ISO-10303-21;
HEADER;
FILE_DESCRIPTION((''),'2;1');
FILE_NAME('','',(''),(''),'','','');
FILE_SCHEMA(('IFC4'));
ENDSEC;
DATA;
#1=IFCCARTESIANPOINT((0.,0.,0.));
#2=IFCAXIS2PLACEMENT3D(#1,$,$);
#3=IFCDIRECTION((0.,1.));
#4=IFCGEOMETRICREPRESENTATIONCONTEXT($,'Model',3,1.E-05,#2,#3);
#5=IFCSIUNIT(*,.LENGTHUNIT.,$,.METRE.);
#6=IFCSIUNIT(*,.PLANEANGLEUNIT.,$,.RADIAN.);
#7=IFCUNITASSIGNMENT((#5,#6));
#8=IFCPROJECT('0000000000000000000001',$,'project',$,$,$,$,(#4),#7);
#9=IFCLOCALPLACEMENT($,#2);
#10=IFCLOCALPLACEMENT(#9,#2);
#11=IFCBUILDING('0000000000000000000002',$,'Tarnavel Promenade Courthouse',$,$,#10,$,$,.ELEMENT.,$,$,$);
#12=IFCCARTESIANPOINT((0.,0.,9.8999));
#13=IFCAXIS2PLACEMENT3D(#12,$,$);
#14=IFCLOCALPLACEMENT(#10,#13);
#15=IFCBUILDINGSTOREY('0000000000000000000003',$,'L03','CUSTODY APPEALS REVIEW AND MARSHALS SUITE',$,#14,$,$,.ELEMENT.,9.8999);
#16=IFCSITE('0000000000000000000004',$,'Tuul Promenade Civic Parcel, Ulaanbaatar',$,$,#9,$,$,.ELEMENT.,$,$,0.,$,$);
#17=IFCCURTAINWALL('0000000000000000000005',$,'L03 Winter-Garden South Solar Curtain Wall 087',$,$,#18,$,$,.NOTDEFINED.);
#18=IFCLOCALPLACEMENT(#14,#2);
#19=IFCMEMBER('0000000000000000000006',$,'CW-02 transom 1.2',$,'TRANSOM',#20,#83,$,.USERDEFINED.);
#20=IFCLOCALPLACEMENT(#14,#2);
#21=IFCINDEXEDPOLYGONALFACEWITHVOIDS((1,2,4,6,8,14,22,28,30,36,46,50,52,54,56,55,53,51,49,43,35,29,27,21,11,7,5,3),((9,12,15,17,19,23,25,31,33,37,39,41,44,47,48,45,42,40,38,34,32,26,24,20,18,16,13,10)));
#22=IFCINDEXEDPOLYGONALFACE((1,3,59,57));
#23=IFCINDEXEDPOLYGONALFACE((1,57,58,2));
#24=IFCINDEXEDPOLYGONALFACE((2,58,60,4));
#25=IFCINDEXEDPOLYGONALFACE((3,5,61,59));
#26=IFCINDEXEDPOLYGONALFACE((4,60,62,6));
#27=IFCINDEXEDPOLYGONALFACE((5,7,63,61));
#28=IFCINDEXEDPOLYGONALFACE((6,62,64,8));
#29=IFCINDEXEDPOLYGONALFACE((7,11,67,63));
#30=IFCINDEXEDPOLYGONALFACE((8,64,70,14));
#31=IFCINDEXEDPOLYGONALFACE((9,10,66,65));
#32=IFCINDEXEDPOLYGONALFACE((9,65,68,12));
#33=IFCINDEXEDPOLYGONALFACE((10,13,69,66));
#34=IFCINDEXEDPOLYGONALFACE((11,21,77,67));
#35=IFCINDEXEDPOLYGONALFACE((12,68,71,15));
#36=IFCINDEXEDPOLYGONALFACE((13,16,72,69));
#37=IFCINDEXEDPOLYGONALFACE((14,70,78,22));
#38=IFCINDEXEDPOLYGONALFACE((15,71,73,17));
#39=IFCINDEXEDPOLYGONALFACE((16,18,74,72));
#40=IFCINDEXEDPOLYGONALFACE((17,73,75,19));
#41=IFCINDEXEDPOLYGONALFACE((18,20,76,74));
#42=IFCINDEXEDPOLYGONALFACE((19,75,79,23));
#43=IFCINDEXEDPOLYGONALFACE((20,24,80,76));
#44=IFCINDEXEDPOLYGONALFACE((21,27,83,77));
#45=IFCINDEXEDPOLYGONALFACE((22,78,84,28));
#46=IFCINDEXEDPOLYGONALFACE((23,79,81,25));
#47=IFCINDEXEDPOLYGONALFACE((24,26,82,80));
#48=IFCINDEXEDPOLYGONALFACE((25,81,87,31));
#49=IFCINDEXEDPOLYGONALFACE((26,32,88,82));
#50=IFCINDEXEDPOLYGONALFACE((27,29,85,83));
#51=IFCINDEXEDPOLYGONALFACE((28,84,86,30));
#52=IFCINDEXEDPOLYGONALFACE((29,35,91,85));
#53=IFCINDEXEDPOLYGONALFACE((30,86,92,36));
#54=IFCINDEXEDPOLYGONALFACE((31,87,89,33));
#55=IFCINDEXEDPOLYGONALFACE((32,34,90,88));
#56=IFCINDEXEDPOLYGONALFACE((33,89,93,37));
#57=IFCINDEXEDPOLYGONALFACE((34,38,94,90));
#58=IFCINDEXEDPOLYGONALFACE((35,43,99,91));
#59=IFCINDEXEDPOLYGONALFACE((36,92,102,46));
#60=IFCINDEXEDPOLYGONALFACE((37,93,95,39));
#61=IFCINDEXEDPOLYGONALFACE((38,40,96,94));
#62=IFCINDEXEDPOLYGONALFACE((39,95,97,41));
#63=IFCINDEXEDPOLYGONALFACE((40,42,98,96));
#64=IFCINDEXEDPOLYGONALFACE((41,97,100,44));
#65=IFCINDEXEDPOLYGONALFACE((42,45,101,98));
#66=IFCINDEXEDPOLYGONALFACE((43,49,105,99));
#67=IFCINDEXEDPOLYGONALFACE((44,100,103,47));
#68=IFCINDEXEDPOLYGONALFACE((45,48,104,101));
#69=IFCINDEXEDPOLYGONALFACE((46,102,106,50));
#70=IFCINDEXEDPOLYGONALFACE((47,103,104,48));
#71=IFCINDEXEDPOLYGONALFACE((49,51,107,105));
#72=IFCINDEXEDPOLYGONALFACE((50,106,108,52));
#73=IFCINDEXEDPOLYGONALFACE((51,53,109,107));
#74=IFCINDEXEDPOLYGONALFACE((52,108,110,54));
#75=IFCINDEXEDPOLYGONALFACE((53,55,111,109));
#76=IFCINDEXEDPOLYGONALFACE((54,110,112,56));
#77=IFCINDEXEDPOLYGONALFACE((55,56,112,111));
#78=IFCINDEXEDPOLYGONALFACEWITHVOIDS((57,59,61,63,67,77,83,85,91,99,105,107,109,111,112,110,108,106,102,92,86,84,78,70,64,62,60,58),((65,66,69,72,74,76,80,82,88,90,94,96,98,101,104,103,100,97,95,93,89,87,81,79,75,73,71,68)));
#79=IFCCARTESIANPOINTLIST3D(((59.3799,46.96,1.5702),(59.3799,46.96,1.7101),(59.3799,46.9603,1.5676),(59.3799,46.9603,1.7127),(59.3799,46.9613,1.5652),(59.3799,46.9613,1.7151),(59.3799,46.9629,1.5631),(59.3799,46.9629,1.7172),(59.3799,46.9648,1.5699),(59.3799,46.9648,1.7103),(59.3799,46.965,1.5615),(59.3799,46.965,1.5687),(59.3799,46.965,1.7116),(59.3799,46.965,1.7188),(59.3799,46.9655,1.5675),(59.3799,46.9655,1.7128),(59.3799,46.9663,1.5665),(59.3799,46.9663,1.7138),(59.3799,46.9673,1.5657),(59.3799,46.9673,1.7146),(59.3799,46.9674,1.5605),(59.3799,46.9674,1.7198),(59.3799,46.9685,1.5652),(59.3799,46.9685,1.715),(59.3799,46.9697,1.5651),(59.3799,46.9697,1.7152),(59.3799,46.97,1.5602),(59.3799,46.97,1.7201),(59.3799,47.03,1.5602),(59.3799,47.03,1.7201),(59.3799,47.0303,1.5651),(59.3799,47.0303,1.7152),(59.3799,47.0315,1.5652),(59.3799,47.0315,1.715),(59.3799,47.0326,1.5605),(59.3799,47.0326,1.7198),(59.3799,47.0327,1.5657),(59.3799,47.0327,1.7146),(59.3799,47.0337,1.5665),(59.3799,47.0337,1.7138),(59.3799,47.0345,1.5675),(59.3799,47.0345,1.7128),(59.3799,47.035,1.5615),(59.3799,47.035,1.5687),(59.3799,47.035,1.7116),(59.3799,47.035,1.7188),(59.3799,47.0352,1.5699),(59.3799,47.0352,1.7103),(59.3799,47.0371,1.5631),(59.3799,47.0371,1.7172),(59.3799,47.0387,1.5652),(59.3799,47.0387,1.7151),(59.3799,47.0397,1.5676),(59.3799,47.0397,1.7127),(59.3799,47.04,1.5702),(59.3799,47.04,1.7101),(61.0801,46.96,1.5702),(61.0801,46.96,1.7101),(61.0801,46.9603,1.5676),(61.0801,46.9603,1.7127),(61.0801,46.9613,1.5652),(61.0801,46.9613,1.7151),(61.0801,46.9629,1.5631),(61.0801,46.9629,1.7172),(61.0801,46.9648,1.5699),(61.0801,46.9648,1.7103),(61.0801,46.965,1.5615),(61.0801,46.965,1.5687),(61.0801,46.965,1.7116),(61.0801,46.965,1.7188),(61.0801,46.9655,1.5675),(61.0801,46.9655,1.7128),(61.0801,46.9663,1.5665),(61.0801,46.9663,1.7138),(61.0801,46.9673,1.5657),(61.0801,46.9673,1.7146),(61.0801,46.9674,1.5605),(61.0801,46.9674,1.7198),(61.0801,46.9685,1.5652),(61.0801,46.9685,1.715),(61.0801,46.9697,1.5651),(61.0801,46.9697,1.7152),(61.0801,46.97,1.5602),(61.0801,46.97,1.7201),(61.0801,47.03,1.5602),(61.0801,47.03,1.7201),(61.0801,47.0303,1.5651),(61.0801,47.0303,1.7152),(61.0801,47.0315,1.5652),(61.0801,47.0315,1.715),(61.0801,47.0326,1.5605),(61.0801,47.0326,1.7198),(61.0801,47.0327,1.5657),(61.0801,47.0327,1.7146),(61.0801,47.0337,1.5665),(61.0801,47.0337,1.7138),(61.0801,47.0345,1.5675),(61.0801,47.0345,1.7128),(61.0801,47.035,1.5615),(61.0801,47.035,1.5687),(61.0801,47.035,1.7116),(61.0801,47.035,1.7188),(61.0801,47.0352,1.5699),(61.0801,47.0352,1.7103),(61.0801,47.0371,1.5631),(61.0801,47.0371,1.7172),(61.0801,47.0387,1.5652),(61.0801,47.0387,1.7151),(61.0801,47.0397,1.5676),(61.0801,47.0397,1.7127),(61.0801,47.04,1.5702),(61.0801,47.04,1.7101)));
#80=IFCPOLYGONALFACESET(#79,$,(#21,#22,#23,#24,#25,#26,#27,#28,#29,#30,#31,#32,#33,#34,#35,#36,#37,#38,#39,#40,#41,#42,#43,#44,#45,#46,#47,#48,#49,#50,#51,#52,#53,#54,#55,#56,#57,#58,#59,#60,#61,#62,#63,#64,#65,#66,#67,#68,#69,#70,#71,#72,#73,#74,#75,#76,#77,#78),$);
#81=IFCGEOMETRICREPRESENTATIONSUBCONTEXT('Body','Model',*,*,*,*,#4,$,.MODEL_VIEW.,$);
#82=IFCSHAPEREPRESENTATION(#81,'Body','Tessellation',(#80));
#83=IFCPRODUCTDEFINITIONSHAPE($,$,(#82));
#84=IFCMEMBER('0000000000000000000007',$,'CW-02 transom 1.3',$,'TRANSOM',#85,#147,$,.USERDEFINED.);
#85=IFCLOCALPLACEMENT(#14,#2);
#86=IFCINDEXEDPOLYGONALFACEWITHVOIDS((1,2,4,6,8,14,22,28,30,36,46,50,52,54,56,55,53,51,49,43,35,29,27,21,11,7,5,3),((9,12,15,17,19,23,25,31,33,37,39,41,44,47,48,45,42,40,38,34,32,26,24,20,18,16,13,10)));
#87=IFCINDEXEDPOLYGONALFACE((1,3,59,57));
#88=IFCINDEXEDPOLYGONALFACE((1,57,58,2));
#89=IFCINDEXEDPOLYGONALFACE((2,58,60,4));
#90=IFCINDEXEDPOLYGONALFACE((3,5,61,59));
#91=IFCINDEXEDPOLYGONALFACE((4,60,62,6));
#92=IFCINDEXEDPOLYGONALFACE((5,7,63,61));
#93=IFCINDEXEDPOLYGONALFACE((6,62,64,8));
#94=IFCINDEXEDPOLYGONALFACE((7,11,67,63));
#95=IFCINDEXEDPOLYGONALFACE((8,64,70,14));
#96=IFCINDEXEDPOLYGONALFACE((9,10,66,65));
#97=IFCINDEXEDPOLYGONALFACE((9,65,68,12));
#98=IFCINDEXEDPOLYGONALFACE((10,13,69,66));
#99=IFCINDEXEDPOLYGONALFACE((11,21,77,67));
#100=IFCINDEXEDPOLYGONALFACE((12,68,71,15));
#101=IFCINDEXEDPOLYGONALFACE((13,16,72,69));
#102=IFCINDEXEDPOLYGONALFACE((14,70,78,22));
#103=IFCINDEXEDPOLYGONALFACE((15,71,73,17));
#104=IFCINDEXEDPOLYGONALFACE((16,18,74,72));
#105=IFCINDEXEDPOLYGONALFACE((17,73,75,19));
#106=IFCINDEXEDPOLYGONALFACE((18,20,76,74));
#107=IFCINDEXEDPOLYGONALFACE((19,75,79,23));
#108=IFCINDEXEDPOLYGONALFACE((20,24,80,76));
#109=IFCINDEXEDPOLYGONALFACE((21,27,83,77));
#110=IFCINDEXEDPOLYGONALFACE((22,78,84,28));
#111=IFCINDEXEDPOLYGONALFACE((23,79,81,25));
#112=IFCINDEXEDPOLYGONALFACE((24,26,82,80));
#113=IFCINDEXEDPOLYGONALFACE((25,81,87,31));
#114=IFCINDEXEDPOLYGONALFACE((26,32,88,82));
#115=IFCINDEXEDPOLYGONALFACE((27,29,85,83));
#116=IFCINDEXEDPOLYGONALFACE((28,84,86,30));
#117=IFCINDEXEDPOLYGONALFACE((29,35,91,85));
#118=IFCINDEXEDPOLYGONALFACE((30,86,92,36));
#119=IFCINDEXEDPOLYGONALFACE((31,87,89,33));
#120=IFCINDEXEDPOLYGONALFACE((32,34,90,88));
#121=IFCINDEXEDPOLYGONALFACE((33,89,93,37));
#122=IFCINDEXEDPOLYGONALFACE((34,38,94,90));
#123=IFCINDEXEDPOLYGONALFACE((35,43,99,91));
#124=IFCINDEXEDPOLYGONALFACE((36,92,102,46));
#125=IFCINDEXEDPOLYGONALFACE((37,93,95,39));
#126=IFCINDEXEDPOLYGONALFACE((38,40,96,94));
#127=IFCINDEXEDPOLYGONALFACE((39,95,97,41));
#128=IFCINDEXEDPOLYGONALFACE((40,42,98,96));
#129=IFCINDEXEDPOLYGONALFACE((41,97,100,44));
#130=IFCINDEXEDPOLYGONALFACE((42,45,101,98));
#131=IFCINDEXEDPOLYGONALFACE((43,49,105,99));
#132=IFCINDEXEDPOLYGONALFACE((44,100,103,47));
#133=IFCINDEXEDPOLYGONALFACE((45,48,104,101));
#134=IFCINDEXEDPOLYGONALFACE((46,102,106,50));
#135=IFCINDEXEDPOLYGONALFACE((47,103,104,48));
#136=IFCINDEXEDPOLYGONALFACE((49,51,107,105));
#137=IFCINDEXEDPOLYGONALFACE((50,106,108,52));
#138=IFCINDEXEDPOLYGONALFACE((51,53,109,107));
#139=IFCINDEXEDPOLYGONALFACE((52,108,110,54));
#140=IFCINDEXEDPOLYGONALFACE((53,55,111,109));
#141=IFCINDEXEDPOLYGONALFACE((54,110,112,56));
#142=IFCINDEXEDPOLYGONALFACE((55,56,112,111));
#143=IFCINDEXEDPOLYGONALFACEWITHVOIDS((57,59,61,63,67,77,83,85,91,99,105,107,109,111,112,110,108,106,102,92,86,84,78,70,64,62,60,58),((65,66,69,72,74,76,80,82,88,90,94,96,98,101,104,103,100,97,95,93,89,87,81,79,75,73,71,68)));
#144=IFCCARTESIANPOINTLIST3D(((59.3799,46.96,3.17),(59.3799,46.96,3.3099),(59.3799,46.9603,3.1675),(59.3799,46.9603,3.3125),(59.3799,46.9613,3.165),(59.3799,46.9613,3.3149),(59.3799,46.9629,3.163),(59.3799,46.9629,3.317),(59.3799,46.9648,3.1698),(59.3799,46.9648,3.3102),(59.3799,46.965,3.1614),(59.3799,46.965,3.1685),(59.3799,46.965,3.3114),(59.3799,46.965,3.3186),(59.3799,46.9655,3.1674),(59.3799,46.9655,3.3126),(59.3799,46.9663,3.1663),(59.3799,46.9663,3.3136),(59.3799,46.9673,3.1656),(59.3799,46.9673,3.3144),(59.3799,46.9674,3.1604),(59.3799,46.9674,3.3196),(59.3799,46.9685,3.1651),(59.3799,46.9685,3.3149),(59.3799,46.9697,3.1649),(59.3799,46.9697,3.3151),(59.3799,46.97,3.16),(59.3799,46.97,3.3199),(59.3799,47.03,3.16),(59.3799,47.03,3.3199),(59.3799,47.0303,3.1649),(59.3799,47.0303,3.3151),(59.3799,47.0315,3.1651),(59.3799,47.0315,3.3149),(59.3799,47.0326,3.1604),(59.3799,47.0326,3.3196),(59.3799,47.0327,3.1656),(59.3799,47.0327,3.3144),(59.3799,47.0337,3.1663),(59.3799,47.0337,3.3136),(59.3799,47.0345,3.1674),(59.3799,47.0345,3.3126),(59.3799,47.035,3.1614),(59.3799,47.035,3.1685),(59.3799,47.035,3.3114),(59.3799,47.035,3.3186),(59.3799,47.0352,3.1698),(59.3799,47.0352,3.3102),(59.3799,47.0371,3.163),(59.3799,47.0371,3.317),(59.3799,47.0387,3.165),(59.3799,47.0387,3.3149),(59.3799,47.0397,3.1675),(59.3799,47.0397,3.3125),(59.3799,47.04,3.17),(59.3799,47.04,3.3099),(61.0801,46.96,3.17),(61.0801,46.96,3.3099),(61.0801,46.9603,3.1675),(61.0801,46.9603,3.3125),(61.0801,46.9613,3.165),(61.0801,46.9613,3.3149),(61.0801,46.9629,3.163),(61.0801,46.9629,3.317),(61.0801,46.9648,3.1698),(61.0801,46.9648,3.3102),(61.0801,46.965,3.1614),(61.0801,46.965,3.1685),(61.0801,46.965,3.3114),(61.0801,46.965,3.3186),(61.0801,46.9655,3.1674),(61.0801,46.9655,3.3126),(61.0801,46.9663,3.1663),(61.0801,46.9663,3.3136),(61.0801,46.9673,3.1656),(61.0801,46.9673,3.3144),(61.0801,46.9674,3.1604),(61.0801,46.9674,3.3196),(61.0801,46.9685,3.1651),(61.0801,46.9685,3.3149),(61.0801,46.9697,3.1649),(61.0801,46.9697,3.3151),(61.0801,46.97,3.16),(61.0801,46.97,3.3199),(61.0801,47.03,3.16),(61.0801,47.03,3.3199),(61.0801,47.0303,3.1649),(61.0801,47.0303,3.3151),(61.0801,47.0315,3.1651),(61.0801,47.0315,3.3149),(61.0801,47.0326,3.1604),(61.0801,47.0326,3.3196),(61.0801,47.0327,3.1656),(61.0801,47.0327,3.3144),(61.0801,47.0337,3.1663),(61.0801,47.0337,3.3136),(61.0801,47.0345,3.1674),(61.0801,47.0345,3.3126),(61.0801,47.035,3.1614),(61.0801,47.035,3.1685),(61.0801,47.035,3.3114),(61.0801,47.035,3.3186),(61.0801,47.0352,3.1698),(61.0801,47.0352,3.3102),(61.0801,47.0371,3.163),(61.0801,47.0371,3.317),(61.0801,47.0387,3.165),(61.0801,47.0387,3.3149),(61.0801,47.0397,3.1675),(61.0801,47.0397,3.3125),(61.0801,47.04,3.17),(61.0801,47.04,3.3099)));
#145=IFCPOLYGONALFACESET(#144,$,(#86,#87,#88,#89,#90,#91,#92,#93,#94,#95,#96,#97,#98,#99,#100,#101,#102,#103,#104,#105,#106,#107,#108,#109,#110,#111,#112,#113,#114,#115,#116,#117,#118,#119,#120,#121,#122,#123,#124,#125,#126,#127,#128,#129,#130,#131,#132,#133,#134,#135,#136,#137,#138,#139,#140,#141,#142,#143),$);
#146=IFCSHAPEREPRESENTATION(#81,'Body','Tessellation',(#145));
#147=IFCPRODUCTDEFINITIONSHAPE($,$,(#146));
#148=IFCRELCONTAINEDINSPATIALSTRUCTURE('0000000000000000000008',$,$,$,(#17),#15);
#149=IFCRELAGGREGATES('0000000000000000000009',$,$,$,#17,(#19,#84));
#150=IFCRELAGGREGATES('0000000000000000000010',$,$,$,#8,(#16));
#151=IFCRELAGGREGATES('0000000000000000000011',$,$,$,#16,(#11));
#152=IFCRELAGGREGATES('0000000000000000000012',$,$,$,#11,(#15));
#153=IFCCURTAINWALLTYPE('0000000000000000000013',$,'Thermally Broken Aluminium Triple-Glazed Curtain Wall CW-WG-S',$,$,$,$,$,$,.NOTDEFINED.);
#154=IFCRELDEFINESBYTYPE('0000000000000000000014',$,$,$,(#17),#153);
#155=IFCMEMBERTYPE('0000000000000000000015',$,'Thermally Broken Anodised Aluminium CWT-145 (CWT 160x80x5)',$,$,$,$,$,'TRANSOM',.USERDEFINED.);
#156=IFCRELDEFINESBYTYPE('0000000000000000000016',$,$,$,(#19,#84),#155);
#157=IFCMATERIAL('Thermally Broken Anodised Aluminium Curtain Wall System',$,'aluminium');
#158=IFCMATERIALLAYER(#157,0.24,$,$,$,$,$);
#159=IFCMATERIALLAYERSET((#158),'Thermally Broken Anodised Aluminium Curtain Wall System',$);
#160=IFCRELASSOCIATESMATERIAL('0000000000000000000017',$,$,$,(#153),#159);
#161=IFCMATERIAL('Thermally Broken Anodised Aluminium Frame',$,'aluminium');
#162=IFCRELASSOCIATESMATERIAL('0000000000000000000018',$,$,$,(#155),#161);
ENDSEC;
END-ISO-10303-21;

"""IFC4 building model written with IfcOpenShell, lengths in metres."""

from ifc_helpers import new_model, si_unit, direction, frame, origin, origin_2d, place, context, subcontext, project, spatial, hollow_rectangle, extrude, material, layer, layer_set, material_profile, profile_set, type_object, element, aggregate, save


model = new_model("IFC4")

# Units and contexts
model_context = context("Model", 3, precision=1e-05, world=origin(), true_north=direction((0.0, 1.0)))
body_context = subcontext(model_context, "Body", "Model", "MODEL_VIEW")
ifc_project = project(units=[si_unit("LENGTHUNIT", "METRE"), si_unit("PLANEANGLEUNIT", "RADIAN")], contexts=[model_context])

# Site, building, storey
site_placement = place(None, origin())
site = spatial("IfcSite", under=ifc_project, at=site_placement, Name="Tuul Promenade Civic Parcel, Ulaanbaatar", CompositionType="ELEMENT", RefElevation=0.0)
building_placement = place(site_placement, origin())
building = spatial("IfcBuilding", under=site, at=building_placement, Name="Tarnavel Promenade Courthouse", CompositionType="ELEMENT")
storey_placement = place(building_placement, frame((0.0, 0.0, 9.8999)))
storey = spatial("IfcBuildingStorey", under=building, at=storey_placement, Name="L03", Description="CUSTODY APPEALS REVIEW AND MARSHALS SUITE", CompositionType="ELEMENT", Elevation=9.8999)

# Shared definitions
ifc_material_1 = material(Name="Thermally Broken Anodised Aluminium Curtain Wall System", Category="aluminium")
ifc_layer_1 = layer(ifc_material_1, 0.24)
ifc_layer_set_1 = layer_set([ifc_layer_1], Name="Thermally Broken Anodised Aluminium Curtain Wall System")
curtain_wall_type = type_object("IfcCurtainWallType", Name="Thermally Broken Aluminium Triple-Glazed Curtain Wall CW-WG-S", PredefinedType="NOTDEFINED", material=ifc_layer_set_1)
ifc_material_2 = material(Name="Thermally Broken Anodised Aluminium Frame", Category="aluminium")

# Curtain wall
curtain_wall_1_placement = place(storey_placement, origin())
curtain_wall_1 = element("IfcCurtainWall", 1, at=curtain_wall_1_placement, inside=storey, type_object=curtain_wall_type, Name="L03 Winter-Garden South Solar Curtain Wall 087", PredefinedType="NOTDEFINED")

# Members
ifc_material_profile_1 = material_profile(ifc_material_2, hollow_rectangle(XDim=0.0801, YDim=0.1599, WallThickness=0.0049, InnerFilletRadius=0.0049, OuterFilletRadius=0.01, at=origin_2d()), Name="CWT 160x80x5")
ifc_profile_set_1 = profile_set([ifc_material_profile_1], Name="Thermally Broken Anodised Aluminium Frame")
member_type_1 = type_object("IfcMemberType", Name="Thermally Broken Anodised Aluminium CWT-145 (CWT 160x80x5)", ElementType="TRANSOM", PredefinedType="USERDEFINED", material=ifc_profile_set_1)
member_1_placement = place(storey_placement, frame((59.3799, 47.0, 1.6401), z_axis=(1.0, 0.0, 0.0), x_axis=(0.0, 1.0, 0.0)))
member_1 = element("IfcMember", 2, at=member_1_placement, type_object=member_type_1, Name="CW-02 transom 1.2", ObjectType="TRANSOM", PredefinedType="USERDEFINED", context=body_context, shape_type="SweptSolid", body=[
    extrude(hollow_rectangle(XDim=0.0801, YDim=0.1599, WallThickness=0.0049, InnerFilletRadius=0.0049, OuterFilletRadius=0.01, at=origin_2d()), origin(), (0.0, 0.0, 1.0), 1.7002),
])
member_2_placement = place(storey_placement, frame((59.3799, 47.0, 3.24), z_axis=(1.0, 0.0, 0.0), x_axis=(0.0, 1.0, 0.0)))
member_2 = element("IfcMember", 3, at=member_2_placement, type_object=member_type_1, Name="CW-02 transom 1.3", ObjectType="TRANSOM", PredefinedType="USERDEFINED", context=body_context, shape_type="SweptSolid", body=[
    extrude(hollow_rectangle(XDim=0.0801, YDim=0.1599, WallThickness=0.0049, InnerFilletRadius=0.0049, OuterFilletRadius=0.01, at=origin_2d()), origin(), (0.0, 0.0, 1.0), 1.7002),
])

aggregate(curtain_wall_1, [member_1, member_2])

save(model, "model.ifc")
